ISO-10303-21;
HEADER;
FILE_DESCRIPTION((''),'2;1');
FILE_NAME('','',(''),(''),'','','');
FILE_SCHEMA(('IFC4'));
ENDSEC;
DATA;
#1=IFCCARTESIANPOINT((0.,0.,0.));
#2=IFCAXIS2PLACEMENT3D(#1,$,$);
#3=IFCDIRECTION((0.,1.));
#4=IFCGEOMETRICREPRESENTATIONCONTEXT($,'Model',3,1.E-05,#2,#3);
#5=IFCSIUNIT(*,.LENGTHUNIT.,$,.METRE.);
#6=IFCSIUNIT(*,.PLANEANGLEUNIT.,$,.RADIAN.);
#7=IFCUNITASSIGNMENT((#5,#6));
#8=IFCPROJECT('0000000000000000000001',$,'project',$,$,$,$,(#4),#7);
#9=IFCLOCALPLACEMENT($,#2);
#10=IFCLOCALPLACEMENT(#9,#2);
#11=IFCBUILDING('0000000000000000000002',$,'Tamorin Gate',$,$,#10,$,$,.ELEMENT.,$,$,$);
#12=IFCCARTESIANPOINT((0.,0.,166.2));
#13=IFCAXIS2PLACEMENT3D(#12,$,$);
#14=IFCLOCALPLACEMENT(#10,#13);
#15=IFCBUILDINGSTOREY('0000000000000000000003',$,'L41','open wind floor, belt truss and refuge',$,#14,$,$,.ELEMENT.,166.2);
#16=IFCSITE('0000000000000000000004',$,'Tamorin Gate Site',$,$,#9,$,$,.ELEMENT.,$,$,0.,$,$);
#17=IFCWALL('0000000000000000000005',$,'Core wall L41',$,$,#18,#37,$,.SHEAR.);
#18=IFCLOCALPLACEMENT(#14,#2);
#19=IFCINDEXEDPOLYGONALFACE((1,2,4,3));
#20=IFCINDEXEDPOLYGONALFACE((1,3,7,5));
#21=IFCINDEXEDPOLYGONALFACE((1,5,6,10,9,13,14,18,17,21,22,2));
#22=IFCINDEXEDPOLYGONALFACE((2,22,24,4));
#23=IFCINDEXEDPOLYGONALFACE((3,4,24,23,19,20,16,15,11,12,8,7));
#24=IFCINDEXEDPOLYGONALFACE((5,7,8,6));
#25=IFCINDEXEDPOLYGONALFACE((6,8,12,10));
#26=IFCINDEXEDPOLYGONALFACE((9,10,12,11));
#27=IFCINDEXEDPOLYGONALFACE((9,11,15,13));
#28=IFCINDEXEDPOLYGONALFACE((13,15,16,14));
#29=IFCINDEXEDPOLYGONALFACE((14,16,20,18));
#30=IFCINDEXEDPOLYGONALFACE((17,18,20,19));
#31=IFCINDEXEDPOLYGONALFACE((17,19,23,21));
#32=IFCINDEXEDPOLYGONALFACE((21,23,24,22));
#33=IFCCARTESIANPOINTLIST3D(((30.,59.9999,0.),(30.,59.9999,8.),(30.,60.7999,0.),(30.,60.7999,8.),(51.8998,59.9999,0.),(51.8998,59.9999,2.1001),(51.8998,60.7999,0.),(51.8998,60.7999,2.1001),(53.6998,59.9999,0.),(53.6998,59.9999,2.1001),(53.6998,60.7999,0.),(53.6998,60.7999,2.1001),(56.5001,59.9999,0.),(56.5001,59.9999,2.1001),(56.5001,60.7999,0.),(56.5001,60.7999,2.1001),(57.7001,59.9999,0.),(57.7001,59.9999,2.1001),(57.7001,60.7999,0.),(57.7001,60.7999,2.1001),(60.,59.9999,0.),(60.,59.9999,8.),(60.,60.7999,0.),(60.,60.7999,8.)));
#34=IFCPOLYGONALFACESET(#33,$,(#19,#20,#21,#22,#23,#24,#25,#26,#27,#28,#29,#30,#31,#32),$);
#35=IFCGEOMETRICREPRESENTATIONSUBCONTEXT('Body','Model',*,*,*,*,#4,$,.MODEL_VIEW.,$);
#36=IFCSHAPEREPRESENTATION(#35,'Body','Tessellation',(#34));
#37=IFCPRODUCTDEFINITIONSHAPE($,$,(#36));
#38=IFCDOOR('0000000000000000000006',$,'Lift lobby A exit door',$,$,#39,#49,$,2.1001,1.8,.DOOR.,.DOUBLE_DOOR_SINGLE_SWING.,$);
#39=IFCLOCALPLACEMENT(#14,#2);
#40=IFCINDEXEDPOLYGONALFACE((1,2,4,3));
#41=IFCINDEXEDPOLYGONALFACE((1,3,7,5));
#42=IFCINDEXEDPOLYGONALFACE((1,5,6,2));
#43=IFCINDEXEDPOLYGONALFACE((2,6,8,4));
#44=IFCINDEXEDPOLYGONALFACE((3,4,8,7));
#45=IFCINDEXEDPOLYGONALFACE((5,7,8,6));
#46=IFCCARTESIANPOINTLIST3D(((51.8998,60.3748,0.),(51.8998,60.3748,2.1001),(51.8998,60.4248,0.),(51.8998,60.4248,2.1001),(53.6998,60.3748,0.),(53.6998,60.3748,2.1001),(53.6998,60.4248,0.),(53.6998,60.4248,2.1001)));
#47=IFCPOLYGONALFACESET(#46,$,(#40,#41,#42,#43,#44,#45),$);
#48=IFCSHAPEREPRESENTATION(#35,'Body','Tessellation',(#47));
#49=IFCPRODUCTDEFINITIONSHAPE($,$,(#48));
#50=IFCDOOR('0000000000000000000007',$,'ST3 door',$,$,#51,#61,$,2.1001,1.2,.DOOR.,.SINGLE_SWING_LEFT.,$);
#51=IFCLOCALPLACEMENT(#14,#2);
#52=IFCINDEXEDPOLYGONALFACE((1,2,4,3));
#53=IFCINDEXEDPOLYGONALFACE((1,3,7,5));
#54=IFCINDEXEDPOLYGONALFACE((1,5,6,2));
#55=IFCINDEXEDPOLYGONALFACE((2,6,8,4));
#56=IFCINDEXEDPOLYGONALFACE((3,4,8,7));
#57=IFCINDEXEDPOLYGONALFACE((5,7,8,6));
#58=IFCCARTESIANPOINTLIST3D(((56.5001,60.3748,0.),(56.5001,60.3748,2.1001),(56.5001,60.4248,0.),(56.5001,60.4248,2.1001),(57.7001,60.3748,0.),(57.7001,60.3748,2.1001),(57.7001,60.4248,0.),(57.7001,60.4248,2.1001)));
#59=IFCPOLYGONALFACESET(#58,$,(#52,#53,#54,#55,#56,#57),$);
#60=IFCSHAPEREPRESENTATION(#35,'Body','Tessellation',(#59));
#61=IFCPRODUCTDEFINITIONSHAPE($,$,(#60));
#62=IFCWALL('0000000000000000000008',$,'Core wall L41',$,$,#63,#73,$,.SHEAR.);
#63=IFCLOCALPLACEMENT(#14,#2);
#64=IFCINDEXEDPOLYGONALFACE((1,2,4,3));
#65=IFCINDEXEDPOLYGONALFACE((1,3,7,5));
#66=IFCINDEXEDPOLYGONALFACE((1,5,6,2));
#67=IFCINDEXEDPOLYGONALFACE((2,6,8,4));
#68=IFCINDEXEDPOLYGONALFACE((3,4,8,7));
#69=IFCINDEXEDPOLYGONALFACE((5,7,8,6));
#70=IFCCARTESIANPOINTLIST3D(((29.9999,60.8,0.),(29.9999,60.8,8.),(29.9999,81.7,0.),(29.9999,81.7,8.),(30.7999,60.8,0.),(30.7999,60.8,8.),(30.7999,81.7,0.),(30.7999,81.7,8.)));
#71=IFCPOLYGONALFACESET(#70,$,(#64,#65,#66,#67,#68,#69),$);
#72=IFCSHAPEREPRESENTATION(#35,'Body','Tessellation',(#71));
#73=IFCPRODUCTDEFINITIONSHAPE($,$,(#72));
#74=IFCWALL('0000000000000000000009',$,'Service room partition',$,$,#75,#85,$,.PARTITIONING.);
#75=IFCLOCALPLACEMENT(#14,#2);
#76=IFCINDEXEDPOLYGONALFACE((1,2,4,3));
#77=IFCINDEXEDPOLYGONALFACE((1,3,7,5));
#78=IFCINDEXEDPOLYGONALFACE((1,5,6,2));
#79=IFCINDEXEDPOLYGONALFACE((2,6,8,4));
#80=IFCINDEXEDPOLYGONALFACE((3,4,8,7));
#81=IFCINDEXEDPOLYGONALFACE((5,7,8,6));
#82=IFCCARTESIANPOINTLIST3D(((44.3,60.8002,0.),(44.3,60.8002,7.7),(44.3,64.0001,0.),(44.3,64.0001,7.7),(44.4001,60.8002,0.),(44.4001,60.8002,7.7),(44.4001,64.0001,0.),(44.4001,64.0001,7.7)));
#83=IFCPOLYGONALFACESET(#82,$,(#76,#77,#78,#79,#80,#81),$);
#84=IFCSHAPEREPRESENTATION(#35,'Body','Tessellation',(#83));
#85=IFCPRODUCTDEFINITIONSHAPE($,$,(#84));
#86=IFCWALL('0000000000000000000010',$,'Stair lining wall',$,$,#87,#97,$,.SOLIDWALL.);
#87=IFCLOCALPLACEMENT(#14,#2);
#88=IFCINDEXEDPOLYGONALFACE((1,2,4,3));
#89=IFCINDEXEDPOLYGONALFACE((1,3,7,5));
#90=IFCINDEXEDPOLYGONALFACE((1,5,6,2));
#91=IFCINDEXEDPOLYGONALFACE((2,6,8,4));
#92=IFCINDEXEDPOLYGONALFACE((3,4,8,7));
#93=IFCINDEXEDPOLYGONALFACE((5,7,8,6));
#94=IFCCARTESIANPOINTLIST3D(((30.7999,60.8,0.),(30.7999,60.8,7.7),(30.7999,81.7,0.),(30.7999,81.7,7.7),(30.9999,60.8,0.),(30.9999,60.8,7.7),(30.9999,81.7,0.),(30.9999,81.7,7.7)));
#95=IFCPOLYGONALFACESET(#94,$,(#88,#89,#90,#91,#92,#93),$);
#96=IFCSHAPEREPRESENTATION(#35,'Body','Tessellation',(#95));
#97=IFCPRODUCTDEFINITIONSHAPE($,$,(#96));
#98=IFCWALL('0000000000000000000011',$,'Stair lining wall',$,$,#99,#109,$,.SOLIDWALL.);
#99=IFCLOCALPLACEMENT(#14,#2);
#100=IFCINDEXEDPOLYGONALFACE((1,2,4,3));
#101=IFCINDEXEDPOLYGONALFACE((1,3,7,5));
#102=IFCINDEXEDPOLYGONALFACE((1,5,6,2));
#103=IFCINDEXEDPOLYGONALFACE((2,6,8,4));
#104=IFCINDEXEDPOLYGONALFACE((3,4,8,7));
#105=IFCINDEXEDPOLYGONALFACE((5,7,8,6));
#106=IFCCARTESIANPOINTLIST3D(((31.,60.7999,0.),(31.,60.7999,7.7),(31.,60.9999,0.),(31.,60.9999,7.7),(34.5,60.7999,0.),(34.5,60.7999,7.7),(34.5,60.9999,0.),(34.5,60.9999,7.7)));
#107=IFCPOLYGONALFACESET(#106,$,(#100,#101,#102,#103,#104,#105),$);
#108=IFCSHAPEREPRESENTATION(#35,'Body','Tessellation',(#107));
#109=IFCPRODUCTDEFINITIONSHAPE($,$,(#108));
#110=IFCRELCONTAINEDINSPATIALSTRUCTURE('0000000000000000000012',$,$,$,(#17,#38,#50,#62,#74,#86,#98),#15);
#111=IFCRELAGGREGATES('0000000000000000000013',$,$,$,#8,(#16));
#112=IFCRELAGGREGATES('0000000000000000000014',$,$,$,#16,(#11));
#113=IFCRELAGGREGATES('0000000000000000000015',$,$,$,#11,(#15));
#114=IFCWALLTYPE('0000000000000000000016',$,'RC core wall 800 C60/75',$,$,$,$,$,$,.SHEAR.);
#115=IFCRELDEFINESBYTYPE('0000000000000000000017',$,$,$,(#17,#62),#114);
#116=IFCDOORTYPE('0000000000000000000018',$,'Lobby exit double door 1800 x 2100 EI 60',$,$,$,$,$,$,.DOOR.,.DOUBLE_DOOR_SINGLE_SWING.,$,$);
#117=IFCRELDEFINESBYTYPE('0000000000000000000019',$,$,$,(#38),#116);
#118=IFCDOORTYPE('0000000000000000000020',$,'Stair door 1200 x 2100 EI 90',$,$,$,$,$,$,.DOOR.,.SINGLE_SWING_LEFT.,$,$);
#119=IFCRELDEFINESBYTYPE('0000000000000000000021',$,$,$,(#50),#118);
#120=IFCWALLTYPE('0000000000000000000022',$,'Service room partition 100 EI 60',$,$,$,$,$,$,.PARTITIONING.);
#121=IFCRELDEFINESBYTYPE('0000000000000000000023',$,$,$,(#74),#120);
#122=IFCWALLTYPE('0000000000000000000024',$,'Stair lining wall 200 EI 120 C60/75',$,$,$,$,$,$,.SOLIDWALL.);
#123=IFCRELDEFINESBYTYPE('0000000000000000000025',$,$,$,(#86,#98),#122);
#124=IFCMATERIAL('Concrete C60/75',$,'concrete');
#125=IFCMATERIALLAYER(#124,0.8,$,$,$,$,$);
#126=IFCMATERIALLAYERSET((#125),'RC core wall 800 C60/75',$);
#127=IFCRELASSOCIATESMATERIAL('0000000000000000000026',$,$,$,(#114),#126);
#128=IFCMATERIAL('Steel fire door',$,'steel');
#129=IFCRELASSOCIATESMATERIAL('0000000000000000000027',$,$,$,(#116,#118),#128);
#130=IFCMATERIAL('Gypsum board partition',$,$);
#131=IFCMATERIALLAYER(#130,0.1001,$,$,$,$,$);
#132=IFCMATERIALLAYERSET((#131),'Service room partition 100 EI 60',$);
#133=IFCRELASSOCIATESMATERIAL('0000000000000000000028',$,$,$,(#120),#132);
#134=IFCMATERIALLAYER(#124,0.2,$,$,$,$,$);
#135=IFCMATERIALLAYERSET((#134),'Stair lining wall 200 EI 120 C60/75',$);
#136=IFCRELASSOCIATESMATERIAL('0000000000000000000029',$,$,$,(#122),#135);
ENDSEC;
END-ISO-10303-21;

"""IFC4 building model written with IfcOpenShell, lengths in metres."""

from ifc_helpers import new_model, si_unit, direction, frame, frame_2d, origin, place, context, subcontext, project, spatial, rectangle, extrude, material, layer, layer_set, type_object, element, fill, save


model = new_model("IFC4")

# Units and contexts
model_context = context("Model", 3, precision=1e-05, world=origin(), true_north=direction((0.0, 1.0)))
body_context = subcontext(model_context, "Body", "Model", "MODEL_VIEW")
ifc_project = project(units=[si_unit("LENGTHUNIT", "METRE"), si_unit("PLANEANGLEUNIT", "RADIAN")], contexts=[model_context])

# Site, building, storey
site_placement = place(None, origin())
site = spatial("IfcSite", under=ifc_project, at=site_placement, Name="Tamorin Gate Site", CompositionType="ELEMENT", RefElevation=0.0)
building_placement = place(site_placement, origin())
building = spatial("IfcBuilding", under=site, at=building_placement, Name="Tamorin Gate", CompositionType="ELEMENT")
storey_placement = place(building_placement, frame((0.0, 0.0, 166.2)))
storey = spatial("IfcBuildingStorey", under=building, at=storey_placement, Name="L41", Description="open wind floor, belt truss and refuge", CompositionType="ELEMENT", Elevation=166.2)

# Shared definitions
ifc_material_1 = material(Name="Gypsum board partition")

# Shared definitions
ifc_material_2 = material(Name="Concrete C60/75", Category="concrete")

# Wall, openings, doors
ifc_layer_1 = layer(ifc_material_2, 0.8)
ifc_layer_set_1 = layer_set([ifc_layer_1], Name="RC core wall 800 C60/75")
wall_type_1 = type_object("IfcWallType", Name="RC core wall 800 C60/75", PredefinedType="SHEAR", material=ifc_layer_set_1)
wall_1_placement = place(storey_placement, frame((30.0, 60.3999, 0.0), z_axis=(0.0, 0.0, 1.0), x_axis=(1.0, 0.0, 0.0)))
wall_1 = element("IfcWall", 1, at=wall_1_placement, inside=storey, type_object=wall_type_1, Name="Core wall L41", PredefinedType="SHEAR", context=body_context, shape_type="SweptSolid", body=[
    extrude(rectangle(XDim=30.0, YDim=0.8, at=frame_2d((15.0, 0.0))), origin(), (0.0, 0.0, 1.0), 8.0),
])
opening_1_placement = place(wall_1_placement, frame((21.8999, 0.0, 0.0)))
opening_1 = element("IfcOpeningElement", 2, at=opening_1_placement, cuts=wall_1, PredefinedType="OPENING", context=body_context, shape_type="SweptSolid", body=[
    extrude(rectangle(XDim=1.8, YDim=2.1001, at=frame_2d((0.8999, 1.05))), frame((0.0, 0.4099, 0.0), z_axis=(0.0, -1.0, 0.0), x_axis=(1.0, 0.0, 0.0)), (0.0, 0.0, 1.0), 0.8201),
])
opening_2_placement = place(wall_1_placement, frame((26.5, 0.0, 0.0)))
opening_2 = element("IfcOpeningElement", 3, at=opening_2_placement, cuts=wall_1, PredefinedType="OPENING", context=body_context, shape_type="SweptSolid", body=[
    extrude(rectangle(XDim=1.2, YDim=2.1001, at=frame_2d((0.6001, 1.05))), frame((0.0, 0.4099, 0.0), z_axis=(0.0, -1.0, 0.0), x_axis=(1.0, 0.0, 0.0)), (0.0, 0.0, 1.0), 0.8201),
])
ifc_material_3 = material(Name="Steel fire door", Category="steel")
door_type_1 = type_object("IfcDoorType", Name="Lobby exit double door 1800 x 2100 EI 60", OperationType="DOUBLE_DOOR_SINGLE_SWING", PredefinedType="DOOR", material=ifc_material_3)
door_1_placement = place(opening_1_placement, origin())
door_1 = element("IfcDoor", 4, at=door_1_placement, inside=storey, type_object=door_type_1, Name="Lift lobby A exit door", OperationType="DOUBLE_DOOR_SINGLE_SWING", OverallHeight=2.1001, OverallWidth=1.8, PredefinedType="DOOR", context=body_context, shape_type="SweptSolid", body=[
    extrude(rectangle(XDim=1.8, YDim=2.1001, at=frame_2d((0.8999, 1.05))), frame((0.0, 0.0249, 0.0), z_axis=(0.0, -1.0, 0.0), x_axis=(1.0, 0.0, 0.0)), (0.0, 0.0, 1.0), 0.05),
])
fill(opening_1, door_1)
door_type_2 = type_object("IfcDoorType", Name="Stair door 1200 x 2100 EI 90", OperationType="SINGLE_SWING_LEFT", PredefinedType="DOOR", material=ifc_material_3)
door_2_placement = place(opening_2_placement, origin())
door_2 = element("IfcDoor", 5, at=door_2_placement, inside=storey, type_object=door_type_2, Name="ST3 door", OperationType="SINGLE_SWING_LEFT", OverallHeight=2.1001, OverallWidth=1.2, PredefinedType="DOOR", context=body_context, shape_type="SweptSolid", body=[
    extrude(rectangle(XDim=1.2, YDim=2.1001, at=frame_2d((0.6001, 1.05))), frame((0.0, 0.0249, 0.0), z_axis=(0.0, -1.0, 0.0), x_axis=(1.0, 0.0, 0.0)), (0.0, 0.0, 1.0), 0.05),
])
fill(opening_2, door_2)

# Walls
wall_2_placement = place(storey_placement, frame((30.3999, 60.8, 0.0), z_axis=(0.0, 0.0, 1.0), x_axis=(0.0, 1.0, 0.0)))
element("IfcWall", 6, at=wall_2_placement, inside=storey, type_object=wall_type_1, Name="Core wall L41", PredefinedType="SHEAR", context=body_context, shape_type="SweptSolid", body=[
    extrude(rectangle(XDim=20.8999, YDim=0.8, at=frame_2d((10.45, 0.0))), origin(), (0.0, 0.0, 1.0), 8.0),
])
ifc_layer_2 = layer(ifc_material_1, 0.1001)
ifc_layer_set_2 = layer_set([ifc_layer_2], Name="Service room partition 100 EI 60")
wall_type_2 = type_object("IfcWallType", Name="Service room partition 100 EI 60", PredefinedType="PARTITIONING", material=ifc_layer_set_2)
wall_3_placement = place(storey_placement, frame((44.3501, 60.8, 0.0), z_axis=(0.0, 0.0, 1.0), x_axis=(0.0, 1.0, 0.0)))
element("IfcWall", 7, at=wall_3_placement, inside=storey, type_object=wall_type_2, Name="Service room partition", PredefinedType="PARTITIONING", context=body_context, shape_type="SweptSolid", body=[
    extrude(rectangle(XDim=3.2, YDim=0.1001, at=frame_2d((1.6001, 0.0))), origin(), (0.0, 0.0, 1.0), 7.7),
])
ifc_layer_3 = layer(ifc_material_2, 0.2)
ifc_layer_set_3 = layer_set([ifc_layer_3], Name="Stair lining wall 200 EI 120 C60/75")
wall_type_3 = type_object("IfcWallType", Name="Stair lining wall 200 EI 120 C60/75", PredefinedType="SOLIDWALL", material=ifc_layer_set_3)
wall_4_placement = place(storey_placement, frame((30.8999, 60.8, 0.0), z_axis=(0.0, 0.0, 1.0), x_axis=(0.0, 1.0, 0.0)))
element("IfcWall", 8, at=wall_4_placement, inside=storey, type_object=wall_type_3, Name="Stair lining wall", PredefinedType="SOLIDWALL", context=body_context, shape_type="SweptSolid", body=[
    extrude(rectangle(XDim=20.8999, YDim=0.2, at=frame_2d((10.45, 0.0))), origin(), (0.0, 0.0, 1.0), 7.7),
])
wall_5_placement = place(storey_placement, frame((31.0, 60.8999, 0.0), z_axis=(0.0, 0.0, 1.0), x_axis=(1.0, 0.0, 0.0)))
element("IfcWall", 9, at=wall_5_placement, inside=storey, type_object=wall_type_3, Name="Stair lining wall", PredefinedType="SOLIDWALL", context=body_context, shape_type="SweptSolid", body=[
    extrude(rectangle(XDim=3.5, YDim=0.2, at=frame_2d((1.75, 0.0))), origin(), (0.0, 0.0, 1.0), 7.7),
])

save(model, "model.ifc")
